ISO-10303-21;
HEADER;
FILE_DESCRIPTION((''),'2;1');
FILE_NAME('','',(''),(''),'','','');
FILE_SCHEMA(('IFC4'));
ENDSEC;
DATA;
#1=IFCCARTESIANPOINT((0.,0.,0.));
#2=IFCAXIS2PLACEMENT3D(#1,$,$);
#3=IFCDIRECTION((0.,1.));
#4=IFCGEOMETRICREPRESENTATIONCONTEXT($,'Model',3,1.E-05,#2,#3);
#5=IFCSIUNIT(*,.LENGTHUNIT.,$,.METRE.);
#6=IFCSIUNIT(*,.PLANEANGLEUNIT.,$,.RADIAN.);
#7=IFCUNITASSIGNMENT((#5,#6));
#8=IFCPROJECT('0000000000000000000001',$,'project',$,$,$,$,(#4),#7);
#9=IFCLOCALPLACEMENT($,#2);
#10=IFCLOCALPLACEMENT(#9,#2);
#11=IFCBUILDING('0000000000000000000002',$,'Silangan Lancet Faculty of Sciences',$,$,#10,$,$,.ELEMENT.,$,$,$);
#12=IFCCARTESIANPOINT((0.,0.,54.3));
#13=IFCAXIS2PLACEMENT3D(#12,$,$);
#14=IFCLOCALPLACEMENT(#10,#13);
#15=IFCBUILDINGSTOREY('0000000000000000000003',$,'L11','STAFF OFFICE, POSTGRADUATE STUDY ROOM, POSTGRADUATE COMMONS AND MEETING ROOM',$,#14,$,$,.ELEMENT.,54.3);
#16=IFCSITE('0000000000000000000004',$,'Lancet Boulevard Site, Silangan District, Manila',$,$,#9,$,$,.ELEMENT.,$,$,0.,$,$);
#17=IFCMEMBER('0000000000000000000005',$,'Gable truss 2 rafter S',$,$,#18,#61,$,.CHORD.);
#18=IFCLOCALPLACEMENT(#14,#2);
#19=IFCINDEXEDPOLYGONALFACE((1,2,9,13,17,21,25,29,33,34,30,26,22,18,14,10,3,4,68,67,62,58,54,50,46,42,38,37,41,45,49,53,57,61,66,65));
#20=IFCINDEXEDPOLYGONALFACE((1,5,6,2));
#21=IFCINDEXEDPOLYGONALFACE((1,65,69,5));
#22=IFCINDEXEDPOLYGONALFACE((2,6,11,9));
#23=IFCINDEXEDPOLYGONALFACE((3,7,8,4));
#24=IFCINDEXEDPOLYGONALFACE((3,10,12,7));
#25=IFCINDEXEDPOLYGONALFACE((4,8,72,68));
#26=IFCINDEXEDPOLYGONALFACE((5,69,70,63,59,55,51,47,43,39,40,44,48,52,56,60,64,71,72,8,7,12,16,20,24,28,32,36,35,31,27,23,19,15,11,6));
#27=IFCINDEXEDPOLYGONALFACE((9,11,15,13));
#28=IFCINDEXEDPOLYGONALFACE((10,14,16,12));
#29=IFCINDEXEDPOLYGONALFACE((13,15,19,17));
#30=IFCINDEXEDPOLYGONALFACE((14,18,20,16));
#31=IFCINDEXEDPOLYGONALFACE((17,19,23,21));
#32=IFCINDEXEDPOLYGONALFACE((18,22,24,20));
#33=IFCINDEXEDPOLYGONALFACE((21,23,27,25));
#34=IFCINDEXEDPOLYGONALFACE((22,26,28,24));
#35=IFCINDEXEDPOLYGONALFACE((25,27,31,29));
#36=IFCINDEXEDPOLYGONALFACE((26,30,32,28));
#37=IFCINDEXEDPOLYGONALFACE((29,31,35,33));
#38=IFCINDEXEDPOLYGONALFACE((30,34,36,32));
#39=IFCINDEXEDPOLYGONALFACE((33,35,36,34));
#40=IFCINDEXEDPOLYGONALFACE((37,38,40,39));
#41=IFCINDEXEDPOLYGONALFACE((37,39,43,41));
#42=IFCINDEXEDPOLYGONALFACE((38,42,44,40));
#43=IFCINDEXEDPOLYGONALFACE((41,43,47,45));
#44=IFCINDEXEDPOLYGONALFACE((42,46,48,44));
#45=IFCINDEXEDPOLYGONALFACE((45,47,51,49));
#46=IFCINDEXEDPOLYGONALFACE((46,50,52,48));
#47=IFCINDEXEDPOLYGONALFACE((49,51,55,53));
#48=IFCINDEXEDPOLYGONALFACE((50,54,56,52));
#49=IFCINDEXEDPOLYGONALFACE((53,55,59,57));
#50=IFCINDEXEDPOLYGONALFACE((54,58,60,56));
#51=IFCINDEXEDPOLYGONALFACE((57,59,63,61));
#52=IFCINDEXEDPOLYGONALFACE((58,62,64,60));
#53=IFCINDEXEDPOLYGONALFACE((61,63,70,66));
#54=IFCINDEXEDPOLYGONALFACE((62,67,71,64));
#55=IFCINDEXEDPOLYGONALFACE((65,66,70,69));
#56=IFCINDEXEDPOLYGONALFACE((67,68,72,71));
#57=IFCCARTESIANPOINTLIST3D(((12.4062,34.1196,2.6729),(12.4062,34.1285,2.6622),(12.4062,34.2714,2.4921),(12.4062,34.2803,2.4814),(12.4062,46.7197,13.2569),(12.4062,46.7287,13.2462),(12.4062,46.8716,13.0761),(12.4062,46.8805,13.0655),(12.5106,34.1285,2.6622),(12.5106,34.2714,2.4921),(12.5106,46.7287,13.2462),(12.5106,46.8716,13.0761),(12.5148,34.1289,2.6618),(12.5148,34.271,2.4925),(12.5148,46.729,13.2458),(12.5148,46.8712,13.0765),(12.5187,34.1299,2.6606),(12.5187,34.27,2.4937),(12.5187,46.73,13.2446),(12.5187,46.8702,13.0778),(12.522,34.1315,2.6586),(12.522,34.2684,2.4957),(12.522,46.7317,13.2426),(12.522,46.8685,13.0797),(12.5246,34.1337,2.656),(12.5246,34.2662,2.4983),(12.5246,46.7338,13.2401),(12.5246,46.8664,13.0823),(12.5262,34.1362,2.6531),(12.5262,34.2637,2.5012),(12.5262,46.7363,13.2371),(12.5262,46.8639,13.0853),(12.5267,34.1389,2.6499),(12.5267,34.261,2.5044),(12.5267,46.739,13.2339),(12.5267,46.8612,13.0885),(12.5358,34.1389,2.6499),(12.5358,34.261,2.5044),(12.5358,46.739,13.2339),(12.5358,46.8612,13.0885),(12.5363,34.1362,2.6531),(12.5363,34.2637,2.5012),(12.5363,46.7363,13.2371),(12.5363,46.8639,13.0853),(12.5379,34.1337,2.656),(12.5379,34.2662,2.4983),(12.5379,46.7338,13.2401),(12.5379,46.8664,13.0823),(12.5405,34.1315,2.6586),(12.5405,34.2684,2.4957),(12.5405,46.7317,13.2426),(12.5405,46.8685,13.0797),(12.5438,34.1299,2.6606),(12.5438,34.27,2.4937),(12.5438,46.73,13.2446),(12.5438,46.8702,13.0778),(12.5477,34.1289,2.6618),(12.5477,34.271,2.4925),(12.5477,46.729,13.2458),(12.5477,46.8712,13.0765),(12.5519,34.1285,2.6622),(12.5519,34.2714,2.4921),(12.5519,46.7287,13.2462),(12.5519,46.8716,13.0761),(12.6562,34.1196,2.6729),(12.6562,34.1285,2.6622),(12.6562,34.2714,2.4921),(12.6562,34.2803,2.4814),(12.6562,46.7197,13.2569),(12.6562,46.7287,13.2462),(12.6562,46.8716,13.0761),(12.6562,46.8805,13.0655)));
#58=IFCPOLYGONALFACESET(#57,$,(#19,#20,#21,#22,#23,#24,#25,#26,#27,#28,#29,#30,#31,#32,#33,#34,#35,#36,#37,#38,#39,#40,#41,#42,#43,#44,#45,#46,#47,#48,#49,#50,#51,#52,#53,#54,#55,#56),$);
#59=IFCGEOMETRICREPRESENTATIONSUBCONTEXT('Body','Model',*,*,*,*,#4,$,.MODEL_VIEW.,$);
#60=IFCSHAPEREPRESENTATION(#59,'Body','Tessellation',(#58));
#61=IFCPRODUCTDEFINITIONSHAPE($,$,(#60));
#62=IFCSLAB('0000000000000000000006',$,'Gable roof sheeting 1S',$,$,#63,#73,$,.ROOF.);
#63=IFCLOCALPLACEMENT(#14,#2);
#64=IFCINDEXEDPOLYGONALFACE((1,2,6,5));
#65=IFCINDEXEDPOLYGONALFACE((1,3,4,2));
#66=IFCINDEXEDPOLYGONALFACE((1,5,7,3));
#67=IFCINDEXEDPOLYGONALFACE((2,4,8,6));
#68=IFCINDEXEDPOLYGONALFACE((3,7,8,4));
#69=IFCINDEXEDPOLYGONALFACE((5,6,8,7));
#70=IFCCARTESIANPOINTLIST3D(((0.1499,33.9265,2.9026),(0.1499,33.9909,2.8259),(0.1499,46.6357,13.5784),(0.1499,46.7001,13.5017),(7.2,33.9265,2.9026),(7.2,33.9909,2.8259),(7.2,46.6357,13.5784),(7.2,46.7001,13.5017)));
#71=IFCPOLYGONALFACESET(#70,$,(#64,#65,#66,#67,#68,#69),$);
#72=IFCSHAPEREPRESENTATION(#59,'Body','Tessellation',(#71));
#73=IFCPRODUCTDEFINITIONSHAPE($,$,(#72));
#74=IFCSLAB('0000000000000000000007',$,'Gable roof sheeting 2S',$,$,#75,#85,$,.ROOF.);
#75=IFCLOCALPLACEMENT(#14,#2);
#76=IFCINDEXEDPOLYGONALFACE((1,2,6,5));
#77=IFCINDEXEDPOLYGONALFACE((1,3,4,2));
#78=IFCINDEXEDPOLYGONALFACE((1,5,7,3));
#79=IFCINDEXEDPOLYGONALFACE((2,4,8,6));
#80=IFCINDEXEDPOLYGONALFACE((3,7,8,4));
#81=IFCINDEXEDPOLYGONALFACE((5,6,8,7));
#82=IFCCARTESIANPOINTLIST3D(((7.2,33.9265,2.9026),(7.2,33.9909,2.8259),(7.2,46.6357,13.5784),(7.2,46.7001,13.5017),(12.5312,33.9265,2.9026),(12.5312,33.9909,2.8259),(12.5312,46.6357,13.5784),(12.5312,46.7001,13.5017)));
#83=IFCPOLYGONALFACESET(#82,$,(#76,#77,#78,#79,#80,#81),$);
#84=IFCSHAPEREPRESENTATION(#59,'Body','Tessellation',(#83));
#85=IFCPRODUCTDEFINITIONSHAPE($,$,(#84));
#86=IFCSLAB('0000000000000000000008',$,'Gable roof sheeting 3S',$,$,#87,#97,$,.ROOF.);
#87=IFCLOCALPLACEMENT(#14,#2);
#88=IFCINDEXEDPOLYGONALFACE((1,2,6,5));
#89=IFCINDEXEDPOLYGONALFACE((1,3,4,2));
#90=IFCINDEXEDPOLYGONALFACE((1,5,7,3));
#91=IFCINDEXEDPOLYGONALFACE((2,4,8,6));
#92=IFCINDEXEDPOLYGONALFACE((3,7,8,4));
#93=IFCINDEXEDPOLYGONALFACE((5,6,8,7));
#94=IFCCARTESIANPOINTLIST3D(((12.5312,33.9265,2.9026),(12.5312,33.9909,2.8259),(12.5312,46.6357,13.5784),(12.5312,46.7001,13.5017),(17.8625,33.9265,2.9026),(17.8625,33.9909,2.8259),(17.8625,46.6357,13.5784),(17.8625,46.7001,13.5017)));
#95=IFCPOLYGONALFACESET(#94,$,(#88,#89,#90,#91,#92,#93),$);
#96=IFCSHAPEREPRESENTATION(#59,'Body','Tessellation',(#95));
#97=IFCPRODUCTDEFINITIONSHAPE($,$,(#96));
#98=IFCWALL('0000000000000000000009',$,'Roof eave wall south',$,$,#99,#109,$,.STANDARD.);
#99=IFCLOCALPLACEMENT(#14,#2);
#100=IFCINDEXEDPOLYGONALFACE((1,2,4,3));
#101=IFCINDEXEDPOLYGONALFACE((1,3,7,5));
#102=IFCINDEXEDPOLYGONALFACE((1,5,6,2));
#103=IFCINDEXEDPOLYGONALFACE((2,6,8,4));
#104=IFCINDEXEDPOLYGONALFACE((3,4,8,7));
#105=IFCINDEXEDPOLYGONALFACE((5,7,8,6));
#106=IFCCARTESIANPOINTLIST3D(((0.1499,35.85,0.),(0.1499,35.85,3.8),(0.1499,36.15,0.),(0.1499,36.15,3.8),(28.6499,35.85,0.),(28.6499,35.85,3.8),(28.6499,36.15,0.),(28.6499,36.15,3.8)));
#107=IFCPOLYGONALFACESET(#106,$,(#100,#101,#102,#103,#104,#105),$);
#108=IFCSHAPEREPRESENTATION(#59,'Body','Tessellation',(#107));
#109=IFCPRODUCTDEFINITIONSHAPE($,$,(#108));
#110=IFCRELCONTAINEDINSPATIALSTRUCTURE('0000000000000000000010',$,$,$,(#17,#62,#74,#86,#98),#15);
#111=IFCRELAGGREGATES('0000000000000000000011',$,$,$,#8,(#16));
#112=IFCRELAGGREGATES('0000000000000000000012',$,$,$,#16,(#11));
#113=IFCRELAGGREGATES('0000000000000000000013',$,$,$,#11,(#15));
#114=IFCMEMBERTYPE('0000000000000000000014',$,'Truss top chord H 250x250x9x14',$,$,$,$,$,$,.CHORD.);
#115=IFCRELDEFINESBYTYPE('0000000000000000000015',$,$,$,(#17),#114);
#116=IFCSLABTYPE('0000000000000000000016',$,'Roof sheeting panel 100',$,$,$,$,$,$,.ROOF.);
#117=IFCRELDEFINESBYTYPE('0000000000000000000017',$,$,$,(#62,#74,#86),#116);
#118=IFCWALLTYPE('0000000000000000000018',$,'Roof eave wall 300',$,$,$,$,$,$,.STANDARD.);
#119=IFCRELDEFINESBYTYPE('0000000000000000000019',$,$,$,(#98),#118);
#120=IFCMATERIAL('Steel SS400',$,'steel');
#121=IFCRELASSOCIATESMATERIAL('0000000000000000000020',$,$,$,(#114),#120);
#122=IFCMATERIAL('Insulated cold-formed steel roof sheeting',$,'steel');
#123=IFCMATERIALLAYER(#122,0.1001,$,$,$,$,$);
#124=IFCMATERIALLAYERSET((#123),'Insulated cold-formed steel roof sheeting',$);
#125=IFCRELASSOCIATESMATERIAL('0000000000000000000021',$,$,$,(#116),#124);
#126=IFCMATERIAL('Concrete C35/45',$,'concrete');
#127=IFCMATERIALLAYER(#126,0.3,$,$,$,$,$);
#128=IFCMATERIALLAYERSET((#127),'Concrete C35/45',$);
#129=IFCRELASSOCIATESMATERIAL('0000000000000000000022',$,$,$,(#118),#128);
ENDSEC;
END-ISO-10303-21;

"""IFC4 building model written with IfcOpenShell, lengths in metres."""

from ifc_helpers import new_model, si_unit, direction, frame, frame_2d, origin, origin_2d, place, context, subcontext, project, spatial, polyline, rectangle, i_section, outline, extrude, material, layer, layer_set, material_profile, profile_set, type_object, element, save


model = new_model("IFC4")

# Units and contexts
model_context = context("Model", 3, precision=1e-05, world=origin(), true_north=direction((0.0, 1.0)))
body_context = subcontext(model_context, "Body", "Model", "MODEL_VIEW")
ifc_project = project(units=[si_unit("LENGTHUNIT", "METRE"), si_unit("PLANEANGLEUNIT", "RADIAN")], contexts=[model_context])

# Site, building, storey
site_placement = place(None, origin())
site = spatial("IfcSite", under=ifc_project, at=site_placement, Name="Lancet Boulevard Site, Silangan District, Manila", CompositionType="ELEMENT", RefElevation=0.0)
building_placement = place(site_placement, origin())
building = spatial("IfcBuilding", under=site, at=building_placement, Name="Silangan Lancet Faculty of Sciences", CompositionType="ELEMENT")
storey_placement = place(building_placement, frame((0.0, 0.0, 54.3)))
storey = spatial("IfcBuildingStorey", under=building, at=storey_placement, Name="L11", Description="STAFF OFFICE, POSTGRADUATE STUDY ROOM, POSTGRADUATE COMMONS AND MEETING ROOM", CompositionType="ELEMENT", Elevation=54.3)

# Member
ifc_material_1 = material(Name="Steel SS400", Category="steel")
ifc_material_profile_1 = material_profile(ifc_material_1, i_section(OverallWidth=0.25, OverallDepth=0.25, WebThickness=0.009, FlangeThickness=0.0139, FilletRadius=0.0161, at=origin_2d()), Name="H 250x250x9x14")
ifc_profile_set_1 = profile_set([ifc_material_profile_1], Name="Steel SS400")
member_type_1 = type_object("IfcMemberType", Name="Truss top chord H 250x250x9x14", PredefinedType="CHORD", material=ifc_profile_set_1)
for number, where, z_axis, x_axis, name in (
    (1, (12.5312, 34.2, 2.5771), (0.0, 0.765708, 0.643189), (-1.0, 0.0, 0.0), "Gable truss 2 rafter S"),
):
    element("IfcMember", number, at=place(storey_placement, frame(where, z_axis=z_axis, x_axis=x_axis)), inside=storey, type_object=member_type_1, Name=name, PredefinedType="CHORD", context=body_context, shape_type="SweptSolid", body=[
        extrude(i_section(OverallWidth=0.25, OverallDepth=0.25, WebThickness=0.009, FlangeThickness=0.0139, FilletRadius=0.0161, at=origin_2d()), origin(), (0.0, 0.0, 1.0), 16.4556),
    ])

# Slabs
ifc_material_2 = material(Name="Insulated cold-formed steel roof sheeting", Category="steel")
ifc_layer_1 = layer(ifc_material_2, 0.1001)
ifc_layer_set_1 = layer_set([ifc_layer_1], Name="Insulated cold-formed steel roof sheeting")
slab_type = type_object("IfcSlabType", Name="Roof sheeting panel 100", PredefinedType="ROOF", material=ifc_layer_set_1)
slab_placement = place(storey_placement, frame((0.1499, 33.9265, 2.9026), z_axis=(0.0, -0.643193, 0.765704), x_axis=(1.0, 0.0, 0.0)))
element("IfcSlab", 2, at=slab_placement, inside=storey, type_object=slab_type, Name="Gable roof sheeting 1S", PredefinedType="ROOF", context=body_context, shape_type="SweptSolid", body=[
    extrude(outline(polyline([(0.0, 0.0), (7.05, 0.0), (7.05, 16.5981), (0.0, 16.5981), (0.0, 0.0)])), origin(), (0.0, 0.0, -1.0), 0.1001),
])
for number, where, z_axis, x_axis, name in (
    (3, (7.2, 33.9265, 2.9026), (0.0, -0.643193, 0.765704), (1.0, 0.0, 0.0), "Gable roof sheeting 2S"),
    (4, (12.5312, 33.9265, 2.9026), (0.0, -0.643193, 0.765704), (1.0, 0.0, 0.0), "Gable roof sheeting 3S"),
):
    element("IfcSlab", number, at=place(storey_placement, frame(where, z_axis=z_axis, x_axis=x_axis)), inside=storey, type_object=slab_type, Name=name, PredefinedType="ROOF", context=body_context, shape_type="SweptSolid", body=[
        extrude(outline(polyline([(0.0, 0.0), (5.3313, 0.0), (5.3313, 16.5981), (0.0, 16.5981), (0.0, 0.0)])), origin(), (0.0, 0.0, -1.0), 0.1001),
    ])

# Wall
ifc_material_3 = material(Name="Concrete C35/45", Category="concrete")
ifc_layer_2 = layer(ifc_material_3, 0.3)
ifc_layer_set_2 = layer_set([ifc_layer_2], Name="Concrete C35/45")
wall_type_1 = type_object("IfcWallType", Name="Roof eave wall 300", PredefinedType="STANDARD", material=ifc_layer_set_2)
wall_1_placement = place(storey_placement, frame((0.1499, 36.0, 0.0), z_axis=(0.0, 0.0, 1.0), x_axis=(1.0, 0.0, 0.0)))
element("IfcWall", 5, at=wall_1_placement, inside=storey, type_object=wall_type_1, Name="Roof eave wall south", PredefinedType="STANDARD", context=body_context, shape_type="SweptSolid", body=[
    extrude(rectangle(XDim=28.5, YDim=0.3, at=frame_2d((14.25, 0.0))), origin(), (0.0, 0.0, 1.0), 3.8),
])

save(model, "model.ifc")
